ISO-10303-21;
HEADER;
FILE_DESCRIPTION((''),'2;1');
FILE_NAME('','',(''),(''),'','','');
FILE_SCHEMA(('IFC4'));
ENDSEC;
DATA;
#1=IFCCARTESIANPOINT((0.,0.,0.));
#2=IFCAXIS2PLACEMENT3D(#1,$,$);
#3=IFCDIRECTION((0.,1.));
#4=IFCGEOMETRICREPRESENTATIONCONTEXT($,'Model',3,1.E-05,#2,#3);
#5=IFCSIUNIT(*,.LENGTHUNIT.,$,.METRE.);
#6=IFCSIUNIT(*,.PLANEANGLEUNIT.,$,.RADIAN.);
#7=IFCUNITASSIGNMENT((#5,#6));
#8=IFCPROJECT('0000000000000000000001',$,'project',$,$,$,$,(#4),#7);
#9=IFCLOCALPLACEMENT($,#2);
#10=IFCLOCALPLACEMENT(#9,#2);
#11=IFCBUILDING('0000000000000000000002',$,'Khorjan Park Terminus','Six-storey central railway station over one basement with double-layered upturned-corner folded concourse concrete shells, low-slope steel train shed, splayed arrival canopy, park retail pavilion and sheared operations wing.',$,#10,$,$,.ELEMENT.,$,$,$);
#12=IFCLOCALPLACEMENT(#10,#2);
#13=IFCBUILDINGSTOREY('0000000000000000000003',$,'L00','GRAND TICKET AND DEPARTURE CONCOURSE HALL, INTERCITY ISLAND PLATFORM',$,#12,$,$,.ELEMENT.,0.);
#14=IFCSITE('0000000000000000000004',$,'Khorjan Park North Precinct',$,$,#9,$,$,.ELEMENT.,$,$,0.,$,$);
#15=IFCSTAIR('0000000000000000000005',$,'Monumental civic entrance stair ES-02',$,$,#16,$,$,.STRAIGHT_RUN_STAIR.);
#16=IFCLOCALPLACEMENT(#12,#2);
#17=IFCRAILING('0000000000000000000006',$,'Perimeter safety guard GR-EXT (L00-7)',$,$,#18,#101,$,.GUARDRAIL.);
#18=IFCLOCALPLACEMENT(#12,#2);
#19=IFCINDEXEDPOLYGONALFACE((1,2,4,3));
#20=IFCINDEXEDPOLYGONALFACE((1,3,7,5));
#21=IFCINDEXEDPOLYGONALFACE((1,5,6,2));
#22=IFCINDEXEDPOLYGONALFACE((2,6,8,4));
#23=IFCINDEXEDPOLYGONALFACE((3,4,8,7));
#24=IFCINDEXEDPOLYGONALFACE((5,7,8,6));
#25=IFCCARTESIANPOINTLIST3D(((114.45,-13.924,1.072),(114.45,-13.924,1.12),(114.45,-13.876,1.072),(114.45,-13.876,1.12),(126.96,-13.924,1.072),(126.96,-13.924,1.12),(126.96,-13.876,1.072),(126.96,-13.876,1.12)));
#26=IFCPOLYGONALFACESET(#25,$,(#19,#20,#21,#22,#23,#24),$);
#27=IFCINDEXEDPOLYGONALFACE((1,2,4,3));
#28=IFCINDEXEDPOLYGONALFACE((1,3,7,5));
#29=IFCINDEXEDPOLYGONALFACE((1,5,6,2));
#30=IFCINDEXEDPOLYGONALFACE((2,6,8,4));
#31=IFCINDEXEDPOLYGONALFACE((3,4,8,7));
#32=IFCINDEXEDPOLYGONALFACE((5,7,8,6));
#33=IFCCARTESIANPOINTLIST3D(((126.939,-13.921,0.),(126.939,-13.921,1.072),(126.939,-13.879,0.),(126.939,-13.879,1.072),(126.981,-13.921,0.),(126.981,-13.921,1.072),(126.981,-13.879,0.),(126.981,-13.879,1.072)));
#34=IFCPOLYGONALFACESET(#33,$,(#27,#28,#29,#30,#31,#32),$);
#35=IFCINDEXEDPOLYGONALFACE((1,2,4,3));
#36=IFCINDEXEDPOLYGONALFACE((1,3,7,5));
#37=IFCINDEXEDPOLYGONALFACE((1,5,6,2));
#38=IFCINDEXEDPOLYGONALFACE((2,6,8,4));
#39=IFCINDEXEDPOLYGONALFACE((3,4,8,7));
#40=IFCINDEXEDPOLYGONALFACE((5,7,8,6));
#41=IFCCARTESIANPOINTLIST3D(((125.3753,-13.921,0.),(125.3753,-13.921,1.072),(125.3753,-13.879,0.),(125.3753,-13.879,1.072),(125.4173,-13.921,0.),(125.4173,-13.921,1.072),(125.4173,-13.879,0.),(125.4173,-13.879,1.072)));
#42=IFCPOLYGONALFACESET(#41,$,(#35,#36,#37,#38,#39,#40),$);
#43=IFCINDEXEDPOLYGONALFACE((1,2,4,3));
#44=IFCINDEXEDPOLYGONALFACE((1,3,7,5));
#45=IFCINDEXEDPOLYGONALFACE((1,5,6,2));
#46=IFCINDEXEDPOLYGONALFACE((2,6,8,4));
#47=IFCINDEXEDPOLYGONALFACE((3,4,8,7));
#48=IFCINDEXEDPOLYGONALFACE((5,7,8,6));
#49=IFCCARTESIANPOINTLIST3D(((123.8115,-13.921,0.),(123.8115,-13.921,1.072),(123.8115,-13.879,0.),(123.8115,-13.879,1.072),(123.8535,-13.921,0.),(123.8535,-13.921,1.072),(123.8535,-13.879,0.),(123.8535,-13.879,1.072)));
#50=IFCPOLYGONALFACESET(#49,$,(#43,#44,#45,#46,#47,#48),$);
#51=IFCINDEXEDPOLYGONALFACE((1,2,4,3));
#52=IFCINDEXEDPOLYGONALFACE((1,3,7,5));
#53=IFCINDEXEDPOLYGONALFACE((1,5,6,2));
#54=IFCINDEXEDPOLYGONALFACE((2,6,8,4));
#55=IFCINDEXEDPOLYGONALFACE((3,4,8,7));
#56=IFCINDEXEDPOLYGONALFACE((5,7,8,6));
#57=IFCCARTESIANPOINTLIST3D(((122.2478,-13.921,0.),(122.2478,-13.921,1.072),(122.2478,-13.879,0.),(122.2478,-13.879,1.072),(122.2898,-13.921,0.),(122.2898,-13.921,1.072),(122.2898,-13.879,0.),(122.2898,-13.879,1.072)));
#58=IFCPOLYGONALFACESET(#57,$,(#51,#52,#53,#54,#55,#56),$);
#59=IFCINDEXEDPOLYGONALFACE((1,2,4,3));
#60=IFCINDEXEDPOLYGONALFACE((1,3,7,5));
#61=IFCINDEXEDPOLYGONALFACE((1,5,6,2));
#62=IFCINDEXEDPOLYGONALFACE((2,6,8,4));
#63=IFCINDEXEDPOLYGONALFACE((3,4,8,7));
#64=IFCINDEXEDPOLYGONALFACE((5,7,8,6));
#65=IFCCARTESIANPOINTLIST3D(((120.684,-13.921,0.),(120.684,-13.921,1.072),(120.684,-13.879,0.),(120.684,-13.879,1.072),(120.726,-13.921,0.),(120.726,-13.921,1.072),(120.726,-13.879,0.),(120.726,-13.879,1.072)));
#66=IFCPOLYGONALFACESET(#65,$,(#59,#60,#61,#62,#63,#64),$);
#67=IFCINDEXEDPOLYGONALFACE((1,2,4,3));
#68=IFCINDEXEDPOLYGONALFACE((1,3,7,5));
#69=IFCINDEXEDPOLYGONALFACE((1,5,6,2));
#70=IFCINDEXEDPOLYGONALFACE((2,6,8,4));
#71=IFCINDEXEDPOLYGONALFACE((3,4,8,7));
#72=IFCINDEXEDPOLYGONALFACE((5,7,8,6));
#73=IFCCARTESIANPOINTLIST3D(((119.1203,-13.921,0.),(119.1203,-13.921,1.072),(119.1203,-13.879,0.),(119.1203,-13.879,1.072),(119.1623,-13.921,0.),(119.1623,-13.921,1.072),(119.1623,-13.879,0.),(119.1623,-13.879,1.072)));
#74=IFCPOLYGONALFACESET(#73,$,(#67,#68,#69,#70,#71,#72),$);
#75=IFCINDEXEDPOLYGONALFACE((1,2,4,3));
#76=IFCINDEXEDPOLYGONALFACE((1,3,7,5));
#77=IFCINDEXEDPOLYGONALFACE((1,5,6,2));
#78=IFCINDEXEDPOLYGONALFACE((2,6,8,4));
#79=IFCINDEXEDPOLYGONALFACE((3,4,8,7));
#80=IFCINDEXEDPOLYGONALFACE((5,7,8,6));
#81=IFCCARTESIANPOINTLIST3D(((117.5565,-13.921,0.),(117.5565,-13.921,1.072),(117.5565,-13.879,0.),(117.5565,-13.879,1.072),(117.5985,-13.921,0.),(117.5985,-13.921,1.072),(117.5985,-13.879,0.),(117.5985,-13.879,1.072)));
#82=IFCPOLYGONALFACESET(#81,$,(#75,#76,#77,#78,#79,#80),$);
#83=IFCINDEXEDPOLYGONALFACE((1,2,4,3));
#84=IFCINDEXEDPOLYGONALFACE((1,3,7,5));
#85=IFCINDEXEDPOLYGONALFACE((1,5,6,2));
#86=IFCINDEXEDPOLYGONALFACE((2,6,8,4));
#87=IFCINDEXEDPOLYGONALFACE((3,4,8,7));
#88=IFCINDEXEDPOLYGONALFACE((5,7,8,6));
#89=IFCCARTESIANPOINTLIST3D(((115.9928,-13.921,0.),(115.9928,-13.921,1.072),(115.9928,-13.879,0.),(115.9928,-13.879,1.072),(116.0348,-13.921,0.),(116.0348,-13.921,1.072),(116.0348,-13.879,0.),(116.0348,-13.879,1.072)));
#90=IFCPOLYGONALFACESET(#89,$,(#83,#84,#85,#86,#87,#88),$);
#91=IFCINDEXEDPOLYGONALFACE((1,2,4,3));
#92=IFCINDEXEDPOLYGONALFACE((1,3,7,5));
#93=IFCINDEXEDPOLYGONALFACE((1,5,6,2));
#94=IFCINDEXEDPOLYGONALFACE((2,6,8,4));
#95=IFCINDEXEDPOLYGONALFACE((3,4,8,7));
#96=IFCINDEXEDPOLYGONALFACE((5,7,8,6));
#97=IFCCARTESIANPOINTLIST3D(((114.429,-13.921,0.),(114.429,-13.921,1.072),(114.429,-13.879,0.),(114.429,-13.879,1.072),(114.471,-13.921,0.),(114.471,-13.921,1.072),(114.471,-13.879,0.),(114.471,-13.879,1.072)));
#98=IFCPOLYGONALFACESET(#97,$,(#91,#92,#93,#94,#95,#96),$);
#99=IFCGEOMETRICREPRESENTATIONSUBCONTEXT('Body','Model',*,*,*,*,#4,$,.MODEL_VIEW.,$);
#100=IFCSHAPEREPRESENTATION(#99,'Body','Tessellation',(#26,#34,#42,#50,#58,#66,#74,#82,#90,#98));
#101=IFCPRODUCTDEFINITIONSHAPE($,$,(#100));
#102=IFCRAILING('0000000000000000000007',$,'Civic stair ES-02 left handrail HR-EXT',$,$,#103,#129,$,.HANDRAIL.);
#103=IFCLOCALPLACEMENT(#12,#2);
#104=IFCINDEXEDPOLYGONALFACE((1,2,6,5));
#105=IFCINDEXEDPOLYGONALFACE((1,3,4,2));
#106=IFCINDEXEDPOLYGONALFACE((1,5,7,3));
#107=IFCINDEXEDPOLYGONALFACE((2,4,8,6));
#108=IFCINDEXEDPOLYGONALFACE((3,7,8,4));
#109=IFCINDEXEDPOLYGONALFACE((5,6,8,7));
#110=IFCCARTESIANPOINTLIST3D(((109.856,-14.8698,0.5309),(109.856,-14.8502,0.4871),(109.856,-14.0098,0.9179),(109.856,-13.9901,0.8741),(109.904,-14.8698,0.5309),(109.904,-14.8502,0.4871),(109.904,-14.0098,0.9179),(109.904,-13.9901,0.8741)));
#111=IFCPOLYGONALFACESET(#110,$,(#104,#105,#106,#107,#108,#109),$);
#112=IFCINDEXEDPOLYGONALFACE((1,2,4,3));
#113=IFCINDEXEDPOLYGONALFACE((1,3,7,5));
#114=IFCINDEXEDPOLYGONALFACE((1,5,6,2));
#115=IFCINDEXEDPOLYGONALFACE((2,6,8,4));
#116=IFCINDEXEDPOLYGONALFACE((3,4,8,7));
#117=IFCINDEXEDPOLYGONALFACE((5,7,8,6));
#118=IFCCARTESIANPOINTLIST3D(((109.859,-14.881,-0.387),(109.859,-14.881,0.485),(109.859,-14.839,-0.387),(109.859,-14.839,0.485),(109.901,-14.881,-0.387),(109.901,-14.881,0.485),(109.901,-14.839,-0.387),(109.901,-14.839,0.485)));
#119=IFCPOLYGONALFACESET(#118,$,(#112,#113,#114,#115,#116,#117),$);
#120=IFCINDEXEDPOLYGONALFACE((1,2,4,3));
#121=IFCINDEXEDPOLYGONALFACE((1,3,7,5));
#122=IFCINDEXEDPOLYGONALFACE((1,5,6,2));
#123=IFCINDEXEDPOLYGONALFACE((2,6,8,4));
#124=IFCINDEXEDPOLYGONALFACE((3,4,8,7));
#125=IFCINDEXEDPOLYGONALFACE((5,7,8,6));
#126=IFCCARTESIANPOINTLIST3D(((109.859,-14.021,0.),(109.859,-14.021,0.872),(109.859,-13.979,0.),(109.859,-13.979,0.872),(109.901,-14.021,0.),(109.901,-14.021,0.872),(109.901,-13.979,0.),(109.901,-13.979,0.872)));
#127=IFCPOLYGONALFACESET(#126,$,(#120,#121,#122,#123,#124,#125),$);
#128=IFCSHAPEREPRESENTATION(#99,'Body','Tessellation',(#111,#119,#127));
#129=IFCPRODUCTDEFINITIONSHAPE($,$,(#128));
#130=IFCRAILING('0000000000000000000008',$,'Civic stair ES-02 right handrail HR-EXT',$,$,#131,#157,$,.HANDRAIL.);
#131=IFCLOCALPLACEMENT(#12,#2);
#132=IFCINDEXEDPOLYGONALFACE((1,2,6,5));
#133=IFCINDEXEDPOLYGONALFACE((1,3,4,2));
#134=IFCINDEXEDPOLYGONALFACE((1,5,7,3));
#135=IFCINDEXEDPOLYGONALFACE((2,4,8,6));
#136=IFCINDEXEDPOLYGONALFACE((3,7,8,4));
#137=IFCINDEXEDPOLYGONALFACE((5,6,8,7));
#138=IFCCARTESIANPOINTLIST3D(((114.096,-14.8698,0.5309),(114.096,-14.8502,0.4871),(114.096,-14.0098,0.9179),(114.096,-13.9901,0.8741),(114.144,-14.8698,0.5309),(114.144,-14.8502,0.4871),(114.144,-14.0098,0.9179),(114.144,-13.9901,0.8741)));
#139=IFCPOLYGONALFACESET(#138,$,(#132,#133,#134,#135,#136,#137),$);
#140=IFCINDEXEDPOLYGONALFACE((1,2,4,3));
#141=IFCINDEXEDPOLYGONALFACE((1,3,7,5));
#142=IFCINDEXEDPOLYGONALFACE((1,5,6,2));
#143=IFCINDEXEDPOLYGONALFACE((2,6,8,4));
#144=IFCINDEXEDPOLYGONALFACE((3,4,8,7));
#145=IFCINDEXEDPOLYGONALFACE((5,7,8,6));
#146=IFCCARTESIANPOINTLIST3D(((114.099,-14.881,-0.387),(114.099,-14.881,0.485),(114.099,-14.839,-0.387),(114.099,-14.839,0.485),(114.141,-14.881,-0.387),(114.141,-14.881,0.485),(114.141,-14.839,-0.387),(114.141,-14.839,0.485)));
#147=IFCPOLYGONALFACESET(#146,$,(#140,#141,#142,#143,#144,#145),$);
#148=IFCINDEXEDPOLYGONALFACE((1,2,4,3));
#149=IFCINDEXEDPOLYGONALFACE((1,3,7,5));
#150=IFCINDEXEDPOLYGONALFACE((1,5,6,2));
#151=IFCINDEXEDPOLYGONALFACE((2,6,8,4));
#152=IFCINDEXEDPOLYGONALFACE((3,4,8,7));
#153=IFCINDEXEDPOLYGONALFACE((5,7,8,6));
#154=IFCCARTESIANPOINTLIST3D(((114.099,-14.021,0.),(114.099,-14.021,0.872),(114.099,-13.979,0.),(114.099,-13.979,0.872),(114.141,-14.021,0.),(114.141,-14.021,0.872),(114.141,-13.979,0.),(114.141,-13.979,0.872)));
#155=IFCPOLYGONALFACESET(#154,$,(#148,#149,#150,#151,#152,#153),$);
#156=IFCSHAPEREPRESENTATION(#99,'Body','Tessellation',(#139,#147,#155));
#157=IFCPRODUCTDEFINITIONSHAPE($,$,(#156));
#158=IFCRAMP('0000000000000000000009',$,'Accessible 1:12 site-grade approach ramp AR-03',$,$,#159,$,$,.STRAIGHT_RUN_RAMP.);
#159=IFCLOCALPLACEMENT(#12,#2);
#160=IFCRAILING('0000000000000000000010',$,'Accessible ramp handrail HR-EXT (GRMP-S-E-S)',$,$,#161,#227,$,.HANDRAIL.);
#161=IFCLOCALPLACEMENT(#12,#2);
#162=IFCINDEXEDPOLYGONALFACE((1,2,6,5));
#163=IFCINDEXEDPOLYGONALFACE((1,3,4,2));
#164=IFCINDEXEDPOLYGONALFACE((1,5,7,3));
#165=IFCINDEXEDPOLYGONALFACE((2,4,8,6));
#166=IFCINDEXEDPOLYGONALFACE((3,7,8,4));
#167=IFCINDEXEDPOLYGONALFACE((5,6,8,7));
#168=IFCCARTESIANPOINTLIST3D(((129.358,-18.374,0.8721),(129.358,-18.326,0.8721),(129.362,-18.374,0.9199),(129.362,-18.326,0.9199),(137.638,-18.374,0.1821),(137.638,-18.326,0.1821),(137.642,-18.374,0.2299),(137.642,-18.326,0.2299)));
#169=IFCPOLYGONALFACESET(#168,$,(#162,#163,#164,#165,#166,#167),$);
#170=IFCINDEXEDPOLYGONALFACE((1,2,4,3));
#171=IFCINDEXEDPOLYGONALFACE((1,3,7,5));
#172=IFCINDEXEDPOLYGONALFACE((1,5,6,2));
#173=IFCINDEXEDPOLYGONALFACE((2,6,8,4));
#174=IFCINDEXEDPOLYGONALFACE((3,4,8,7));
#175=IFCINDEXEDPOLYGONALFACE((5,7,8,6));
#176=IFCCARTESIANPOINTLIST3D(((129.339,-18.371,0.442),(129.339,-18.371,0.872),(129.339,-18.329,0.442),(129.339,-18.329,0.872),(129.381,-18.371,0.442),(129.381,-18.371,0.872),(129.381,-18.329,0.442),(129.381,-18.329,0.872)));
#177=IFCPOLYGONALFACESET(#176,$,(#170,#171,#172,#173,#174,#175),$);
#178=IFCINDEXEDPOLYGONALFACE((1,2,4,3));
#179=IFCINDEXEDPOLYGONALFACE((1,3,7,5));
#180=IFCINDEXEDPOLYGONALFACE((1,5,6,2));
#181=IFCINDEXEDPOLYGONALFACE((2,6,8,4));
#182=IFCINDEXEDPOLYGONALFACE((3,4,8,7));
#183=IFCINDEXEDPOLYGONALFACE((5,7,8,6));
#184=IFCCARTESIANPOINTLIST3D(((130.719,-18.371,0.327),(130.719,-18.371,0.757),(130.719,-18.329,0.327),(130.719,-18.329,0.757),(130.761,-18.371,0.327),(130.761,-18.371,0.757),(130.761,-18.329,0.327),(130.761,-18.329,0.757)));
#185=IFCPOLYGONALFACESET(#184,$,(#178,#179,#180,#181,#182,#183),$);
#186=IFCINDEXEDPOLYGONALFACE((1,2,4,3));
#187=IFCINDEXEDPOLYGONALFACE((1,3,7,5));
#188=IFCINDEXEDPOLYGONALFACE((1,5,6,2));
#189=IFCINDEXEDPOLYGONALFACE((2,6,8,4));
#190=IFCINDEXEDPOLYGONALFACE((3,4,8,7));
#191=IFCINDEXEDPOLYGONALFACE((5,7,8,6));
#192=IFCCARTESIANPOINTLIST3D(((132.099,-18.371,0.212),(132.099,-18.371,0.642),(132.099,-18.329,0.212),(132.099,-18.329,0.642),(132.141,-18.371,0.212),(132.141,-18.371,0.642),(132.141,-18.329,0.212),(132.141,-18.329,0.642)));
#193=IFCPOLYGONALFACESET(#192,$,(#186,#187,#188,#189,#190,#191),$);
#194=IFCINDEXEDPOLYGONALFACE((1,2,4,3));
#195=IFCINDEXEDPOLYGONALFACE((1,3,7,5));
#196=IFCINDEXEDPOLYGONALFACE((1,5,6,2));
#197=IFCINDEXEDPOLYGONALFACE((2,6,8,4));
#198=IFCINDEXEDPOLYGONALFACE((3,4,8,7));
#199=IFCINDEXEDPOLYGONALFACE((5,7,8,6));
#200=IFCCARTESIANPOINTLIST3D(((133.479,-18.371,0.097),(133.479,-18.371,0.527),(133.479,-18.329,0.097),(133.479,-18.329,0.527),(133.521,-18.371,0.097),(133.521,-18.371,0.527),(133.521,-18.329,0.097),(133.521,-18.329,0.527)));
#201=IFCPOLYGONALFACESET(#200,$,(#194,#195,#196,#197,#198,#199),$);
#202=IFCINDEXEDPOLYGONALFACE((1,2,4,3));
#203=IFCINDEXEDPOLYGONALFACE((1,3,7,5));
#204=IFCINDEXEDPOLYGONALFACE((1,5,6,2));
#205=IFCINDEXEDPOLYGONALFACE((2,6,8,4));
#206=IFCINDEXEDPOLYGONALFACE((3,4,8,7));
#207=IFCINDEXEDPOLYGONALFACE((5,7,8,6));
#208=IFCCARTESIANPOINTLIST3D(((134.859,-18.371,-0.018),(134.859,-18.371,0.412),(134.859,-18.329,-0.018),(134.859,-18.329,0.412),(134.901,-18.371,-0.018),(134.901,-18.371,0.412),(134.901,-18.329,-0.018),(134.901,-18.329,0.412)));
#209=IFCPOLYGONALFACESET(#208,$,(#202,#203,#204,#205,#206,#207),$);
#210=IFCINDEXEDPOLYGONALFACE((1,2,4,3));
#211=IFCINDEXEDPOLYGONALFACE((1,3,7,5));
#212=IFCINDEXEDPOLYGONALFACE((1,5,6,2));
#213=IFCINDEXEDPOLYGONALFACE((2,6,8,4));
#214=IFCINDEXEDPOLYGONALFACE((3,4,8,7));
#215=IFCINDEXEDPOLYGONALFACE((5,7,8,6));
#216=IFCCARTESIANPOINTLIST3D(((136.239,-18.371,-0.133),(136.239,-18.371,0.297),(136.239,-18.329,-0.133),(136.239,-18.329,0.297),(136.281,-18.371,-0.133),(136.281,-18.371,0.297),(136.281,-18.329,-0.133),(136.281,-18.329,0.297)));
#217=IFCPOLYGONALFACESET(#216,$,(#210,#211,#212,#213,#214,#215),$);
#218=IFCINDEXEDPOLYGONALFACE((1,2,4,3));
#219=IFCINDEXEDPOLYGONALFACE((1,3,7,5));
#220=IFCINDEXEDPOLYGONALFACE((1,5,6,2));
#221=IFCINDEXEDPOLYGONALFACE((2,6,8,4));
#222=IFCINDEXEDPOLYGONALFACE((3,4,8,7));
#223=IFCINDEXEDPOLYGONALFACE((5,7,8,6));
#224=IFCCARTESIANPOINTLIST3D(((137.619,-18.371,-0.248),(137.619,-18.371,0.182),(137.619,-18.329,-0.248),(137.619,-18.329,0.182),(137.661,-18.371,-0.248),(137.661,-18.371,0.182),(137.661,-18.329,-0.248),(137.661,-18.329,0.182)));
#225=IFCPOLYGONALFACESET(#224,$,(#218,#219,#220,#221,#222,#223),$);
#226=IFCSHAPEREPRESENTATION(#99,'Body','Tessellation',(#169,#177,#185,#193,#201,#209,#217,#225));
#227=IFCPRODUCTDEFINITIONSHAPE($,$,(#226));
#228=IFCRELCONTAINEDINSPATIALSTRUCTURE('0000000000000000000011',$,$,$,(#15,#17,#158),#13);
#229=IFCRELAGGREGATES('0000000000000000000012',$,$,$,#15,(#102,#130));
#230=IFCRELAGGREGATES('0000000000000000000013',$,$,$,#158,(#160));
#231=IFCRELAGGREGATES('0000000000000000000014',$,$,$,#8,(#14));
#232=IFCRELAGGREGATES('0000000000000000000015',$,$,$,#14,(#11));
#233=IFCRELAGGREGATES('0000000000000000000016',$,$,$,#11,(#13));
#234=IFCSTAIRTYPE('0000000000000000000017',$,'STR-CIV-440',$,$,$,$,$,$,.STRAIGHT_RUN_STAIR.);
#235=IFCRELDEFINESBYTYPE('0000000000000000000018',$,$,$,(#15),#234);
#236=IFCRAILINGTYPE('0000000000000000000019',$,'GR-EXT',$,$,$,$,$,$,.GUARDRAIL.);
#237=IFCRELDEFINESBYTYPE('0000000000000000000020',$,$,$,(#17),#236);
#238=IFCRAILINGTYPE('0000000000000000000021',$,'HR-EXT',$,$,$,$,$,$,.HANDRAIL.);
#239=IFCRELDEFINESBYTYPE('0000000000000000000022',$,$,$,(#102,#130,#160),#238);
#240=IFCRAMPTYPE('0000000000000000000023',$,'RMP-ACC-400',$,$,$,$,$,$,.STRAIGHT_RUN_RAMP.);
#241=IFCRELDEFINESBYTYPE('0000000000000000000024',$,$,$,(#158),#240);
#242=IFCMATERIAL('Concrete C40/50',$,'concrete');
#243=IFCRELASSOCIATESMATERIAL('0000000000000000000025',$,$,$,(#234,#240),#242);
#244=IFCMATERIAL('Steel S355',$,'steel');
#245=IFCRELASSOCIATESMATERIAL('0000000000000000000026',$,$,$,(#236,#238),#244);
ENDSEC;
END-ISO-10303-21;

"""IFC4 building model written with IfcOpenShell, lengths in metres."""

from ifc_helpers import new_model, si_unit, direction, frame, origin, origin_2d, place, context, subcontext, project, spatial, rectangle, extrude, material, type_object, element, aggregate, save


model = new_model("IFC4")

# Units and contexts
model_context = context("Model", 3, precision=1e-05, world=origin(), true_north=direction((0.0, 1.0)))
body_context = subcontext(model_context, "Body", "Model", "MODEL_VIEW")
ifc_project = project(units=[si_unit("LENGTHUNIT", "METRE"), si_unit("PLANEANGLEUNIT", "RADIAN")], contexts=[model_context])

# Site, building, storey
site_placement = place(None, origin())
site = spatial("IfcSite", under=ifc_project, at=site_placement, Name="Khorjan Park North Precinct", CompositionType="ELEMENT", RefElevation=0.0)
building_placement = place(site_placement, origin())
building = spatial("IfcBuilding", under=site, at=building_placement, Name="Khorjan Park Terminus", Description="Six-storey central railway station over one basement with double-layered upturned-corner folded concourse concrete shells, low-slope steel train shed, splayed arrival canopy, park retail pavilion and sheared operations wing.", CompositionType="ELEMENT")
storey_placement = place(building_placement, origin())
storey = spatial("IfcBuildingStorey", under=building, at=storey_placement, Name="L00", Description="GRAND TICKET AND DEPARTURE CONCOURSE HALL, INTERCITY ISLAND PLATFORM", CompositionType="ELEMENT", Elevation=0.0)

# Shared definitions
ifc_material_1 = material(Name="Steel S355", Category="steel")

# Shared definitions
ifc_material_2 = material(Name="Concrete C40/50", Category="concrete")

# Stair
stair_type = type_object("IfcStairType", Name="STR-CIV-440", PredefinedType="STRAIGHT_RUN_STAIR", material=ifc_material_2)
stair_placement = place(storey_placement, origin())
stair = element("IfcStair", 1, at=stair_placement, inside=storey, type_object=stair_type, Name="Monumental civic entrance stair ES-02", PredefinedType="STRAIGHT_RUN_STAIR")

# Railing
railing_type_1 = type_object("IfcRailingType", Name="GR-EXT", PredefinedType="GUARDRAIL", material=ifc_material_1)
railing_1_placement = place(storey_placement, frame((126.96, -13.9, 0.0)))
element("IfcRailing", 2, at=railing_1_placement, inside=storey, type_object=railing_type_1, Name="Perimeter safety guard GR-EXT (L00-7)", PredefinedType="GUARDRAIL", context=body_context, shape_type="SweptSolid", body=[
    extrude(rectangle(XDim=0.048, YDim=0.048, at=origin_2d()), frame((0.0, 0.0, 1.096), z_axis=(-1.0, 0.0, 0.0), x_axis=(0.0, -1.0, 0.0)), (0.0, 0.0, 1.0), 12.51),
    extrude(rectangle(XDim=0.042, YDim=0.042, at=origin_2d()), origin(), (0.0, 0.0, 1.0), 1.072),
    extrude(rectangle(XDim=0.042, YDim=0.042, at=origin_2d()), frame((-1.5637, 0.0, 0.0)), (0.0, 0.0, 1.0), 1.072),
    extrude(rectangle(XDim=0.042, YDim=0.042, at=origin_2d()), frame((-3.1275, 0.0, 0.0)), (0.0, 0.0, 1.0), 1.072),
    extrude(rectangle(XDim=0.042, YDim=0.042, at=origin_2d()), frame((-4.6912, 0.0, 0.0)), (0.0, 0.0, 1.0), 1.072),
    extrude(rectangle(XDim=0.042, YDim=0.042, at=origin_2d()), frame((-6.255, 0.0, 0.0)), (0.0, 0.0, 1.0), 1.072),
    extrude(rectangle(XDim=0.042, YDim=0.042, at=origin_2d()), frame((-7.8187, 0.0, 0.0)), (0.0, 0.0, 1.0), 1.072),
    extrude(rectangle(XDim=0.042, YDim=0.042, at=origin_2d()), frame((-9.3825, 0.0, 0.0)), (0.0, 0.0, 1.0), 1.072),
    extrude(rectangle(XDim=0.042, YDim=0.042, at=origin_2d()), frame((-10.9462, 0.0, 0.0)), (0.0, 0.0, 1.0), 1.072),
    extrude(rectangle(XDim=0.042, YDim=0.042, at=origin_2d()), frame((-12.51, 0.0, 0.0)), (0.0, 0.0, 1.0), 1.072),
])

# Railings
railing_type_2 = type_object("IfcRailingType", Name="HR-EXT", PredefinedType="HANDRAIL", material=ifc_material_1)
railing_2_placement = place(storey_placement, frame((109.88, -14.86, -0.387)))
railing_2 = element("IfcRailing", 3, at=railing_2_placement, type_object=railing_type_2, Name="Civic stair ES-02 left handrail HR-EXT", PredefinedType="HANDRAIL", context=body_context, shape_type="SweptSolid", body=[
    extrude(rectangle(XDim=0.048, YDim=0.048, at=origin_2d()), frame((0.0, 0.0, 0.896), z_axis=(0.0, 0.911922, 0.410365), x_axis=(-1.0, 0.0, 0.0)), (0.0, 0.0, 1.0), 0.9431),
    extrude(rectangle(XDim=0.042, YDim=0.042, at=origin_2d()), origin(), (0.0, 0.0, 1.0), 0.872),
    extrude(rectangle(XDim=0.042, YDim=0.042, at=origin_2d()), frame((0.0, 0.86, 0.387)), (0.0, 0.0, 1.0), 0.872),
])
railing_3_placement = place(storey_placement, frame((114.12, -14.86, -0.387)))
railing_3 = element("IfcRailing", 4, at=railing_3_placement, type_object=railing_type_2, Name="Civic stair ES-02 right handrail HR-EXT", PredefinedType="HANDRAIL", context=body_context, shape_type="SweptSolid", body=[
    extrude(rectangle(XDim=0.048, YDim=0.048, at=origin_2d()), frame((0.0, 0.0, 0.896), z_axis=(0.0, 0.911922, 0.410365), x_axis=(-1.0, 0.0, 0.0)), (0.0, 0.0, 1.0), 0.9431),
    extrude(rectangle(XDim=0.042, YDim=0.042, at=origin_2d()), origin(), (0.0, 0.0, 1.0), 0.872),
    extrude(rectangle(XDim=0.042, YDim=0.042, at=origin_2d()), frame((0.0, 0.86, 0.387)), (0.0, 0.0, 1.0), 0.872),
])
aggregate(stair, [railing_2, railing_3])

# Ramp, railing
ramp_type = type_object("IfcRampType", Name="RMP-ACC-400", PredefinedType="STRAIGHT_RUN_RAMP", material=ifc_material_2)
ramp_placement = place(storey_placement, origin())
ramp = element("IfcRamp", 5, at=ramp_placement, inside=storey, type_object=ramp_type, Name="Accessible 1:12 site-grade approach ramp AR-03", PredefinedType="STRAIGHT_RUN_RAMP")
railing_4_placement = place(storey_placement, frame((129.36, -18.35, 0.0)))
railing_4 = element("IfcRailing", 6, at=railing_4_placement, type_object=railing_type_2, Name="Accessible ramp handrail HR-EXT (GRMP-S-E-S)", PredefinedType="HANDRAIL", context=body_context, shape_type="SweptSolid", body=[
    extrude(rectangle(XDim=0.048, YDim=0.048, at=origin_2d()), frame((0.0, 0.0, 0.896), z_axis=(0.996546, 0.0, -0.083045), x_axis=(0.0, 1.0, 0.0)), (0.0, 0.0, 1.0), 8.3087),
    extrude(rectangle(XDim=0.042, YDim=0.042, at=origin_2d()), frame((0.0, 0.0, 0.442)), (0.0, 0.0, 1.0), 0.43),
    extrude(rectangle(XDim=0.042, YDim=0.042, at=origin_2d()), frame((1.38, 0.0, 0.327)), (0.0, 0.0, 1.0), 0.43),
    extrude(rectangle(XDim=0.042, YDim=0.042, at=origin_2d()), frame((2.76, 0.0, 0.212)), (0.0, 0.0, 1.0), 0.43),
    extrude(rectangle(XDim=0.042, YDim=0.042, at=origin_2d()), frame((4.14, 0.0, 0.097)), (0.0, 0.0, 1.0), 0.43),
    extrude(rectangle(XDim=0.042, YDim=0.042, at=origin_2d()), frame((5.52, 0.0, -0.018)), (0.0, 0.0, 1.0), 0.43),
    extrude(rectangle(XDim=0.042, YDim=0.042, at=origin_2d()), frame((6.9, 0.0, -0.133)), (0.0, 0.0, 1.0), 0.43),
    extrude(rectangle(XDim=0.042, YDim=0.042, at=origin_2d()), frame((8.28, 0.0, -0.248)), (0.0, 0.0, 1.0), 0.43),
])
aggregate(ramp, [railing_4])

save(model, "model.ifc")
